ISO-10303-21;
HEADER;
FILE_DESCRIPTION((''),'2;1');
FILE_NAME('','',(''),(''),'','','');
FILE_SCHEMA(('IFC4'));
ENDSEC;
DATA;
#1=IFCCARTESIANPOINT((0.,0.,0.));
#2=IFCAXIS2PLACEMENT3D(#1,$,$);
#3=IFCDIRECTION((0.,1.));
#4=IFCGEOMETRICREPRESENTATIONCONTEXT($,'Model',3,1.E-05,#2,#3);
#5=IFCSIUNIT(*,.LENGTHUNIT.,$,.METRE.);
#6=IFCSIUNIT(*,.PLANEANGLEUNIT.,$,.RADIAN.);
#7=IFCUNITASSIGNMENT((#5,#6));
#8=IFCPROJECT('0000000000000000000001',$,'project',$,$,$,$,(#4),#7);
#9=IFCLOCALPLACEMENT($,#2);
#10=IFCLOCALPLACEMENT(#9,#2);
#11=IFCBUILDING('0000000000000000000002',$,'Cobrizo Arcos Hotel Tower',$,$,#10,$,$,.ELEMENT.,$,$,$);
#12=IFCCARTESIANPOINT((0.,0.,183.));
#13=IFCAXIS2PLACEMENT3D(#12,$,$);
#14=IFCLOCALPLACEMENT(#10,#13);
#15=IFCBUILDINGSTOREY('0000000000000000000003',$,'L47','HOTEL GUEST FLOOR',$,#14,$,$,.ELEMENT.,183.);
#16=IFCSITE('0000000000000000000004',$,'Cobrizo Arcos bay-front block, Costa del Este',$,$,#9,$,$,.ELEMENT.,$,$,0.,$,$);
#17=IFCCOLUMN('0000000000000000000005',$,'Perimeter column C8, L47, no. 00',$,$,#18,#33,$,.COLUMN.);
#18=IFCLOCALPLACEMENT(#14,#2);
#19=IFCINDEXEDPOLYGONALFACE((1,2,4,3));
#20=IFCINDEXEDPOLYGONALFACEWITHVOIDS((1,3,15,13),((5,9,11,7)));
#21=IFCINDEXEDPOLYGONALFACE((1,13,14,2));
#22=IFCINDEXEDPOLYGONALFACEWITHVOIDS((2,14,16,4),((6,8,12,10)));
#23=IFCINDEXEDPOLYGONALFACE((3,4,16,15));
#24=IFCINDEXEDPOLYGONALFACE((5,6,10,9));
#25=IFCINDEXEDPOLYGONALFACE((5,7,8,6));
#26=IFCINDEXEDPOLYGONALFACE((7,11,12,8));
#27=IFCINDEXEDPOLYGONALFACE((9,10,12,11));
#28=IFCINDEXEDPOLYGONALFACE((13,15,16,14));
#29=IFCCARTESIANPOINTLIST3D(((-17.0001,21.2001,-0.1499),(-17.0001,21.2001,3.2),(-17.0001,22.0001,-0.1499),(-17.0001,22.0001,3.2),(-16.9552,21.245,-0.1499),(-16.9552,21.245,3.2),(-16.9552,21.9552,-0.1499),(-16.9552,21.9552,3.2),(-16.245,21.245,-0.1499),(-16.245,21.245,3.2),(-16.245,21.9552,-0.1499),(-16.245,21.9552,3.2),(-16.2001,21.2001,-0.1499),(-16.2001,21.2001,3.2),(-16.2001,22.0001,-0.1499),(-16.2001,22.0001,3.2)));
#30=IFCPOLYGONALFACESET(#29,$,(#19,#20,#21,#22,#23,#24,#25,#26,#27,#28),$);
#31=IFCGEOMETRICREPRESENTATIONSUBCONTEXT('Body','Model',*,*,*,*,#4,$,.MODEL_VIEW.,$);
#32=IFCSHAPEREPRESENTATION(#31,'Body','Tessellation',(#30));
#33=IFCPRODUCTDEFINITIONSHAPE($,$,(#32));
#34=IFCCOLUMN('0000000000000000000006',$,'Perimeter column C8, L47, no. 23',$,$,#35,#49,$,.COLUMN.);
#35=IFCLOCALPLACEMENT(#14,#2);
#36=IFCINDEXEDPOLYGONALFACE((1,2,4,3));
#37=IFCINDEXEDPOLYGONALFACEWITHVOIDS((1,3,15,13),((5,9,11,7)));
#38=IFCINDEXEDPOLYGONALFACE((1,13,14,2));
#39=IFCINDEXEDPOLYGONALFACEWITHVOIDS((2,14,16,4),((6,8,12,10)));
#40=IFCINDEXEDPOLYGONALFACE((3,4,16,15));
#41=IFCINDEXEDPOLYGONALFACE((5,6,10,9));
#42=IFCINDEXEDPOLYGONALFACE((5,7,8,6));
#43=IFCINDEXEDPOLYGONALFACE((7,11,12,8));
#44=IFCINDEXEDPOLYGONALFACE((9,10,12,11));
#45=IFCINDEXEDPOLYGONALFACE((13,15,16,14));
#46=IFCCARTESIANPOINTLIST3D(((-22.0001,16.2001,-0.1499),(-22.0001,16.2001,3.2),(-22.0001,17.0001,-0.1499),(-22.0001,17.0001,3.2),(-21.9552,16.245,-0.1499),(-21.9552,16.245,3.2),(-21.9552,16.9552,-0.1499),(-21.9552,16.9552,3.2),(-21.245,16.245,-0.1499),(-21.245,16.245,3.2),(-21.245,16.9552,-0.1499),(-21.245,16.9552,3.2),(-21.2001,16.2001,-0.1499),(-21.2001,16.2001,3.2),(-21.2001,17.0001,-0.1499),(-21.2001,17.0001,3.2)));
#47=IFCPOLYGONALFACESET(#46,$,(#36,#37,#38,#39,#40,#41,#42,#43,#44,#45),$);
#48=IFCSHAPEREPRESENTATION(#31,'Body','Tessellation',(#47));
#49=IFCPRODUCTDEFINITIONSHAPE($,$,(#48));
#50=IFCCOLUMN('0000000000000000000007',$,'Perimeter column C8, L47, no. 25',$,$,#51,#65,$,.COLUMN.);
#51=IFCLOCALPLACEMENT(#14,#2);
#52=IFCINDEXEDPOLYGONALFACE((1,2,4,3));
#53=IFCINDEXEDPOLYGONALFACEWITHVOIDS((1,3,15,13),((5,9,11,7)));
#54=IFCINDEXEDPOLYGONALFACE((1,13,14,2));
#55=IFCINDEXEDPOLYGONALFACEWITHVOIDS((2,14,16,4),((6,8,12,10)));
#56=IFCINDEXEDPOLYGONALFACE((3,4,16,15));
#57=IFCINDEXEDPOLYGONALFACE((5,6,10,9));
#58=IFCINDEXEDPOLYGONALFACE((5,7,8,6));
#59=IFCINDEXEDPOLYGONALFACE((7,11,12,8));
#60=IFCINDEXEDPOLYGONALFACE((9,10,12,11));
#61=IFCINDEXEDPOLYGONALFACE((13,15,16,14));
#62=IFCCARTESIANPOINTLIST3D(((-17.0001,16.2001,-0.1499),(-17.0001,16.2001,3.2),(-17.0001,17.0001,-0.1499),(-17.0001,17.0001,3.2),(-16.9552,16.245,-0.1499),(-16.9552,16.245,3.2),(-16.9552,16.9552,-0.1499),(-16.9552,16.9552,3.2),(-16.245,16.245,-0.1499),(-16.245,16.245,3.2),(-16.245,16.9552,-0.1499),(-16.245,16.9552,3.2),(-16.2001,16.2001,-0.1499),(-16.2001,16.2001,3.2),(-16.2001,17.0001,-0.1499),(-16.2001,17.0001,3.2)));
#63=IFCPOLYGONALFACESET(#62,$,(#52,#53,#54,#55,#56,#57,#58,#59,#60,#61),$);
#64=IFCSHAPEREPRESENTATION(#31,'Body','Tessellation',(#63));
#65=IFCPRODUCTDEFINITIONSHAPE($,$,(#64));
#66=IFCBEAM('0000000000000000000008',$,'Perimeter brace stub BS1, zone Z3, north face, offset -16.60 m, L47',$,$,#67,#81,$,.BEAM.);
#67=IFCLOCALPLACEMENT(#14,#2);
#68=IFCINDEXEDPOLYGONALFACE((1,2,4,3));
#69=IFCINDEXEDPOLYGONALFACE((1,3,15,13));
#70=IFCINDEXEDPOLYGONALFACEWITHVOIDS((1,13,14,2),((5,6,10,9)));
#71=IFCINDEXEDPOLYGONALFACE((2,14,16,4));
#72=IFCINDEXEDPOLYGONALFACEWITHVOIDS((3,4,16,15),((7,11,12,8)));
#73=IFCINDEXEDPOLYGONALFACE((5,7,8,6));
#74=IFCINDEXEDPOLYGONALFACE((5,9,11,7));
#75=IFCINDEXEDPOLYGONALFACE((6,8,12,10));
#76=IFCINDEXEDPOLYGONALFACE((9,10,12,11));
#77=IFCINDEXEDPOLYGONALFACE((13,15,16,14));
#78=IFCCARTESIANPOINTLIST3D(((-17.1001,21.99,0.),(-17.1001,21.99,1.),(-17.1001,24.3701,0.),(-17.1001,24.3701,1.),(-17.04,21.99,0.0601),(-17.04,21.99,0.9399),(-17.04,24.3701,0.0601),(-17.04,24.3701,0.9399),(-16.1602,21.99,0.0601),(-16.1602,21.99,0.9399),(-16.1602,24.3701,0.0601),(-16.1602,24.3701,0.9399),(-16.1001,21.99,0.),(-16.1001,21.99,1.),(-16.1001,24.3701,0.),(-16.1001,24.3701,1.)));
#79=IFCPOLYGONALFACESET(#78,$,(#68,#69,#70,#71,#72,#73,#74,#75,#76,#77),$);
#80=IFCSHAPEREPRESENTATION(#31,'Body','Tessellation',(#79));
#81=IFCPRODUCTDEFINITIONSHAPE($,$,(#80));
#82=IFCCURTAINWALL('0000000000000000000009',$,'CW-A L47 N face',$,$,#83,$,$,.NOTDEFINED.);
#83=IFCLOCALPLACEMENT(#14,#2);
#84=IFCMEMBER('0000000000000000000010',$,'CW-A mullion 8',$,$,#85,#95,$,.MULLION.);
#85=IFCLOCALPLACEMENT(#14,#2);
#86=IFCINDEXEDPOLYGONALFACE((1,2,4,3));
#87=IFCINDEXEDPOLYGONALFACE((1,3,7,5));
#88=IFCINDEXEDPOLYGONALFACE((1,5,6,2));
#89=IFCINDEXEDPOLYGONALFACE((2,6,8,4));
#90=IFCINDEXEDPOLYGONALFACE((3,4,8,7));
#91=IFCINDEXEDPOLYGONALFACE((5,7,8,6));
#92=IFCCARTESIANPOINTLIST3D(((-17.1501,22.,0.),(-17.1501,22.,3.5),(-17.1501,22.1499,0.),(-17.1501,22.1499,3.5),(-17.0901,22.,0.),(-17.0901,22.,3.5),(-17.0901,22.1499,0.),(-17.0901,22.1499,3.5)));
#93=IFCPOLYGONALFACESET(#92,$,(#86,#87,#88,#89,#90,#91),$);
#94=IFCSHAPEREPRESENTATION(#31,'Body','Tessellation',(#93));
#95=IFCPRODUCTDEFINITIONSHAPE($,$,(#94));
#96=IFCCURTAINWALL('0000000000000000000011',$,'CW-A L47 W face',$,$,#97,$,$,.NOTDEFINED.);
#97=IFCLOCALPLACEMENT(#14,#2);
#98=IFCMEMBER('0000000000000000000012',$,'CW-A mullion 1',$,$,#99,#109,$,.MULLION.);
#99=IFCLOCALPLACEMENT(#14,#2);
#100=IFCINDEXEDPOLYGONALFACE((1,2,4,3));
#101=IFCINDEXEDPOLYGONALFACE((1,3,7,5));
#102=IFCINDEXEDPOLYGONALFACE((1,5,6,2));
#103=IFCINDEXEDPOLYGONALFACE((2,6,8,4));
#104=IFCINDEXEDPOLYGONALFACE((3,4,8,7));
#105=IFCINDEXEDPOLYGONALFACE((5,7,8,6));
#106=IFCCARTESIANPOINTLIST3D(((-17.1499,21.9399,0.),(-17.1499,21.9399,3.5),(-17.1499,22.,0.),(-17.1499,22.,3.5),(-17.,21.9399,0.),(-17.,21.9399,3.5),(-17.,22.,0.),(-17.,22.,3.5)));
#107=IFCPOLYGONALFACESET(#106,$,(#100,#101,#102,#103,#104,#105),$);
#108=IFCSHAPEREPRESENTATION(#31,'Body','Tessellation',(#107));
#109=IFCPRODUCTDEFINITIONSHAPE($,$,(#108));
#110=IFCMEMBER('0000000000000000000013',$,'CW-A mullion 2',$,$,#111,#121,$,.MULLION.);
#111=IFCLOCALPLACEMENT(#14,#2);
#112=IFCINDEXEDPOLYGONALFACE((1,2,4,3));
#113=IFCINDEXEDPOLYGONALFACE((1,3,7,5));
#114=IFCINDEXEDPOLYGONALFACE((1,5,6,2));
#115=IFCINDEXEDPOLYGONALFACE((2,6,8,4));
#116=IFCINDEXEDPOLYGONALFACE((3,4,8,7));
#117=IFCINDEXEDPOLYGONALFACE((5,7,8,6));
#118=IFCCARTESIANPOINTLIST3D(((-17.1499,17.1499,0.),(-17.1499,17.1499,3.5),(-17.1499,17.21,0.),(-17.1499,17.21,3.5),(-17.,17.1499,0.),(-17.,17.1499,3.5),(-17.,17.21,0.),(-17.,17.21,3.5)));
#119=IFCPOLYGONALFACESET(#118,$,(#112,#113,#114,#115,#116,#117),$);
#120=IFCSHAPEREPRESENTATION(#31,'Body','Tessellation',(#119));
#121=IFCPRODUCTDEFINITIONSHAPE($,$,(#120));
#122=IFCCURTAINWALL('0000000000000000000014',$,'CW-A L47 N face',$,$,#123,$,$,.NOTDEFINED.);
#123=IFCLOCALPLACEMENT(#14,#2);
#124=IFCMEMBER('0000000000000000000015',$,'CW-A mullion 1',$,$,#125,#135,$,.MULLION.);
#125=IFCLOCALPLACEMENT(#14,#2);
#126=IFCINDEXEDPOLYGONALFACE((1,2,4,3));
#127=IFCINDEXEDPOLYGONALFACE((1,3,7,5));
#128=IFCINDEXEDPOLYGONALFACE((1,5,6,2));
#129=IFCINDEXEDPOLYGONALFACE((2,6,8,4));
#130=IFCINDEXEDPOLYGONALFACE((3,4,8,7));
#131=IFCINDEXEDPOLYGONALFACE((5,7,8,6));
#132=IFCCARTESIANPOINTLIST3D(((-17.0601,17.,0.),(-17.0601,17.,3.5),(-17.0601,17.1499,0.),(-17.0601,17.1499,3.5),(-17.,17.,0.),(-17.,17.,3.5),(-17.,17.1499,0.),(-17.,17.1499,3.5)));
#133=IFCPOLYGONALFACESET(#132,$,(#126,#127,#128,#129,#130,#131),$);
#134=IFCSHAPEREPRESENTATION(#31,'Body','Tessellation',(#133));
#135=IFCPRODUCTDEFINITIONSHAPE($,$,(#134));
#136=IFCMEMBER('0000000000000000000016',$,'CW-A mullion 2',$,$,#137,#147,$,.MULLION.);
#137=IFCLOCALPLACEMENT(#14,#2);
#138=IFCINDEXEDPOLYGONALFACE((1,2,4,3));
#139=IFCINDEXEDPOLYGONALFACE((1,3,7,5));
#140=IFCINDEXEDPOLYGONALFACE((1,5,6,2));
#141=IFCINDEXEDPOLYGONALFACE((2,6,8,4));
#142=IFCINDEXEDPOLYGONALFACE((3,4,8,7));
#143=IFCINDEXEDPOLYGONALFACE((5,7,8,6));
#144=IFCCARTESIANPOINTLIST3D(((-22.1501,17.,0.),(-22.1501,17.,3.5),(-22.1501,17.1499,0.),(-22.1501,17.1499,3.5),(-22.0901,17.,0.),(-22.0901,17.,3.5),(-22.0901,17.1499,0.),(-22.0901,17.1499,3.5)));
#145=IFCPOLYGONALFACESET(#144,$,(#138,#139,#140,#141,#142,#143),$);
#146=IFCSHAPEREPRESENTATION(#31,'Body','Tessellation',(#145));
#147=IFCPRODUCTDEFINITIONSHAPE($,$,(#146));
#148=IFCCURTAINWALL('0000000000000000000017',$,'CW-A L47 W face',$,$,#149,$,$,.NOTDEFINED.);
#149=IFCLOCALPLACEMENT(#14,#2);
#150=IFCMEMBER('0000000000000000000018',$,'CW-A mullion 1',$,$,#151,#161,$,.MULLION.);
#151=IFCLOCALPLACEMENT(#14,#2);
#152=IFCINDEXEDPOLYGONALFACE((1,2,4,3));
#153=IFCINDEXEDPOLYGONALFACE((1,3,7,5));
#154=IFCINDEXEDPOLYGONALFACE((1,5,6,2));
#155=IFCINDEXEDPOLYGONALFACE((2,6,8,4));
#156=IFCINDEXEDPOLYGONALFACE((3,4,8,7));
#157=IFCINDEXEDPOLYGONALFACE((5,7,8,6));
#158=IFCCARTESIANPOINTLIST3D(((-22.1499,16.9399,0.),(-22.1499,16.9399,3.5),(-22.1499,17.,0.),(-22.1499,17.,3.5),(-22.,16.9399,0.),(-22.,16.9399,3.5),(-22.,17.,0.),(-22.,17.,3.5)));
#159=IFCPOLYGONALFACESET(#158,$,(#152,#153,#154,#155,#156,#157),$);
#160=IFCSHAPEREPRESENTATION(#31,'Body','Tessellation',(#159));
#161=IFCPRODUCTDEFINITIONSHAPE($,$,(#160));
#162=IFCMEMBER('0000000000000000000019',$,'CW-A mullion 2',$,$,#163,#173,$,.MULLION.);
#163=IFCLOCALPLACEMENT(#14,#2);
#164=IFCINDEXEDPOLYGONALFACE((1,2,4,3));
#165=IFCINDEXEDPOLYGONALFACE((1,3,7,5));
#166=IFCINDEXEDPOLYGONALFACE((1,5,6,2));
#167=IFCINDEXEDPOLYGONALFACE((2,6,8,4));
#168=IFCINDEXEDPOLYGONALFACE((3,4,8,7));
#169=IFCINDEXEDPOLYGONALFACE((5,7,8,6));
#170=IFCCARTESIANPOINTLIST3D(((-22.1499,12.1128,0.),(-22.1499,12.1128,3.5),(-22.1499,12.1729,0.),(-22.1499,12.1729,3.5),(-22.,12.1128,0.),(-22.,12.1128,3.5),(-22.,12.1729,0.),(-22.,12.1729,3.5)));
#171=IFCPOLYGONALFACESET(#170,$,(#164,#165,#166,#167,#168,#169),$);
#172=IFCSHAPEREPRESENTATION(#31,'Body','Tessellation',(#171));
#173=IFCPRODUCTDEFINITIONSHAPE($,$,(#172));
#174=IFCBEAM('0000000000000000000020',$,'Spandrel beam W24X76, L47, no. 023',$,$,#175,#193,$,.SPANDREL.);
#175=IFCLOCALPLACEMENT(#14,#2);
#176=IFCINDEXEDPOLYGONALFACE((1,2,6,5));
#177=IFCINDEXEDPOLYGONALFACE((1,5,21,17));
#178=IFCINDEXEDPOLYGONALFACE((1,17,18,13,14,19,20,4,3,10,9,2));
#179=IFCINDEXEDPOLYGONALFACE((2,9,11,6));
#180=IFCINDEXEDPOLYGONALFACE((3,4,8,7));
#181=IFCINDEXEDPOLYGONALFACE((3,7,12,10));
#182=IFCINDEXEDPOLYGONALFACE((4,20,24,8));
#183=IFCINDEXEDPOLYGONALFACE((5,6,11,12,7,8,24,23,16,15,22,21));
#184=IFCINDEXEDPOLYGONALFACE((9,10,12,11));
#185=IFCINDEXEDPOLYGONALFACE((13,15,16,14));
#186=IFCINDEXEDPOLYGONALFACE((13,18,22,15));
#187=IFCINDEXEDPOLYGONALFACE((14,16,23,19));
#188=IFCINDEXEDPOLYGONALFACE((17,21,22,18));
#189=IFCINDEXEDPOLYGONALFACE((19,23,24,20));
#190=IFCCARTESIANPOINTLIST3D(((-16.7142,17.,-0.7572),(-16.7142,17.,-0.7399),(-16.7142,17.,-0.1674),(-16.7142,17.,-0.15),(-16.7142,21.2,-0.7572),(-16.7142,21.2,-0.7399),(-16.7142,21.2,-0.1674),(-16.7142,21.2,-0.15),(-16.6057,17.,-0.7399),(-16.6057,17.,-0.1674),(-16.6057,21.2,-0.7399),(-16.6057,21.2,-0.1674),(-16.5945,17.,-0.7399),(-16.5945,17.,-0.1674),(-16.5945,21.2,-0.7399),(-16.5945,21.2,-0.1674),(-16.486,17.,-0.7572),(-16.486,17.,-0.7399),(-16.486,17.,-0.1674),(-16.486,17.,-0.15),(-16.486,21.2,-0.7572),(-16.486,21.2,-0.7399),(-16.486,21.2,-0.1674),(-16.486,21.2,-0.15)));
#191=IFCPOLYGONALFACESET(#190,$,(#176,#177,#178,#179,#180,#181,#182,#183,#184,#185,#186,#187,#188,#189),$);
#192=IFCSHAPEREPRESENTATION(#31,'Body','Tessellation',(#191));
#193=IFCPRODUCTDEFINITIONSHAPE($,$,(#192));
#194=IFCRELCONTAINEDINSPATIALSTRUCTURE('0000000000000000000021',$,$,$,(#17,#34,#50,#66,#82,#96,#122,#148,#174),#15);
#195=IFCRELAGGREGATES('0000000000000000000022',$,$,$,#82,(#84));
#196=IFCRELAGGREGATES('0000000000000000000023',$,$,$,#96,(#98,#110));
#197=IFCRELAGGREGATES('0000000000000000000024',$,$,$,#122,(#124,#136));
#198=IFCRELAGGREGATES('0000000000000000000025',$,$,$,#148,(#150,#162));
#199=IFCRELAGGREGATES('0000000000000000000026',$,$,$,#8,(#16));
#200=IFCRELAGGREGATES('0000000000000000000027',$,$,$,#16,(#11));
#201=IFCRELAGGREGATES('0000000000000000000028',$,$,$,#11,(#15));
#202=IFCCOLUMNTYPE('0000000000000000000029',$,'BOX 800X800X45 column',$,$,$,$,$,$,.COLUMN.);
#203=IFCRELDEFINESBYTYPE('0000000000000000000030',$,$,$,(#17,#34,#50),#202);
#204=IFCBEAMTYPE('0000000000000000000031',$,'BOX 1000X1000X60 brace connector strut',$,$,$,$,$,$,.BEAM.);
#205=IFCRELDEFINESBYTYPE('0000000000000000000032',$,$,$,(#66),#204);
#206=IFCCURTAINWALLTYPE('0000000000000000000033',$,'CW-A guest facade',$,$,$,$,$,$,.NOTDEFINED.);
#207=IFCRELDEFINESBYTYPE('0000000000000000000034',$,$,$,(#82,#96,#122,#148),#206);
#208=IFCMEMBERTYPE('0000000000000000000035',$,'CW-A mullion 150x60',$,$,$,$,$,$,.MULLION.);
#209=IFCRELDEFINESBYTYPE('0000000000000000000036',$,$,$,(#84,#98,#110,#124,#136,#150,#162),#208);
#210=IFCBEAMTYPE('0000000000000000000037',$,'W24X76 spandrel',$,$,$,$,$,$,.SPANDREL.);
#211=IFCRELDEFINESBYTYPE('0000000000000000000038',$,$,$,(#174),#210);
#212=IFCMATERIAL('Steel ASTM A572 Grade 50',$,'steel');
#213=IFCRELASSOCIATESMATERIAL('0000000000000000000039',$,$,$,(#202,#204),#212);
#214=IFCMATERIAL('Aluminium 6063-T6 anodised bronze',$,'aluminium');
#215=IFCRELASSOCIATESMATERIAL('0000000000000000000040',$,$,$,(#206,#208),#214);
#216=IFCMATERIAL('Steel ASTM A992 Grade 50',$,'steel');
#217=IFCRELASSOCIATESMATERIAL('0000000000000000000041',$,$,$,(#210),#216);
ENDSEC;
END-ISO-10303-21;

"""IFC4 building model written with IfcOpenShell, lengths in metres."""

from ifc_helpers import new_model, si_unit, direction, frame, origin, origin_2d, place, context, subcontext, project, spatial, rectangle, hollow_rectangle, i_section, extrude, material, material_profile, profile_set, type_object, element, aggregate, save


model = new_model("IFC4")

# Units and contexts
model_context = context("Model", 3, precision=1e-05, world=origin(), true_north=direction((0.0, 1.0)))
body_context = subcontext(model_context, "Body", "Model", "MODEL_VIEW")
ifc_project = project(units=[si_unit("LENGTHUNIT", "METRE"), si_unit("PLANEANGLEUNIT", "RADIAN")], contexts=[model_context])

# Site, building, storey
site_placement = place(None, origin())
site = spatial("IfcSite", under=ifc_project, at=site_placement, Name="Cobrizo Arcos bay-front block, Costa del Este", CompositionType="ELEMENT", RefElevation=0.0)
building_placement = place(site_placement, origin())
building = spatial("IfcBuilding", under=site, at=building_placement, Name="Cobrizo Arcos Hotel Tower", CompositionType="ELEMENT")
storey_placement = place(building_placement, frame((0.0, 0.0, 183.0)))
storey = spatial("IfcBuildingStorey", under=building, at=storey_placement, Name="L47", Description="HOTEL GUEST FLOOR", CompositionType="ELEMENT", Elevation=183.0)

# Columns
ifc_material_1 = material(Name="Steel ASTM A572 Grade 50", Category="steel")
ifc_material_profile_1 = material_profile(ifc_material_1, hollow_rectangle(XDim=0.8, YDim=0.8, WallThickness=0.0449, at=origin_2d()), Name="BOX 800X800X45")
ifc_profile_set_1 = profile_set([ifc_material_profile_1], Name="Steel ASTM A572 Grade 50")
column_type = type_object("IfcColumnType", Name="BOX 800X800X45 column", PredefinedType="COLUMN", material=ifc_profile_set_1)
for number, where, z_axis, x_axis, name in (
    (1, (-16.6001, 21.6001, -0.1499), (0.0, 0.0, 1.0), (1.0, 0.0, 0.0), "Perimeter column C8, L47, no. 00"),
    (2, (-21.6001, 16.6001, -0.1499), (0.0, 0.0, 1.0), (1.0, 0.0, 0.0), "Perimeter column C8, L47, no. 23"),
    (3, (-16.6001, 16.6001, -0.1499), (0.0, 0.0, 1.0), (1.0, 0.0, 0.0), "Perimeter column C8, L47, no. 25"),
):
    element("IfcColumn", number, at=place(storey_placement, frame(where, z_axis=z_axis, x_axis=x_axis)), inside=storey, type_object=column_type, Name=name, PredefinedType="COLUMN", context=body_context, shape_type="SweptSolid", body=[
        extrude(hollow_rectangle(XDim=0.8, YDim=0.8, WallThickness=0.0449, at=origin_2d()), origin(), (0.0, 0.0, 1.0), 3.3499),
    ])

# Beam
ifc_material_profile_2 = material_profile(ifc_material_1, hollow_rectangle(XDim=1.0, YDim=1.0, WallThickness=0.0601, at=origin_2d()), Name="BOX 1000X1000X60")
ifc_profile_set_2 = profile_set([ifc_material_profile_2], Name="Steel ASTM A572 Grade 50")
beam_type_1 = type_object("IfcBeamType", Name="BOX 1000X1000X60 brace connector strut", PredefinedType="BEAM", material=ifc_profile_set_2)
beam_1_placement = place(storey_placement, frame((-16.6001, 21.99, 0.5), z_axis=(0.0, 1.0, 0.0), x_axis=(-1.0, 0.0, 0.0)))
element("IfcBeam", 4, at=beam_1_placement, inside=storey, type_object=beam_type_1, Name="Perimeter brace stub BS1, zone Z3, north face, offset -16.60 m, L47", PredefinedType="BEAM", context=body_context, shape_type="SweptSolid", body=[
    extrude(hollow_rectangle(XDim=1.0, YDim=1.0, WallThickness=0.0601, at=origin_2d()), origin(), (0.0, 0.0, 1.0), 2.3801),
])

# Curtain wall, member
ifc_material_2 = material(Name="Aluminium 6063-T6 anodised bronze", Category="aluminium")
curtain_wall_type = type_object("IfcCurtainWallType", Name="CW-A guest facade", PredefinedType="NOTDEFINED", material=ifc_material_2)
curtain_wall_1_placement = place(storey_placement, origin())
curtain_wall_1 = element("IfcCurtainWall", 5, at=curtain_wall_1_placement, inside=storey, type_object=curtain_wall_type, Name="CW-A L47 N face", PredefinedType="NOTDEFINED")
ifc_material_profile_3 = material_profile(ifc_material_2, rectangle(XDim=0.1499, YDim=0.0601, at=origin_2d()), Name="CW-A mullion 150x60")
ifc_profile_set_3 = profile_set([ifc_material_profile_3], Name="Aluminium 6063-T6 anodised bronze")
member_type = type_object("IfcMemberType", Name="CW-A mullion 150x60", PredefinedType="MULLION", material=ifc_profile_set_3)
member_1_placement = place(storey_placement, frame((-17.1201, 22.075, 0.0), z_axis=(0.0, 0.0, 1.0), x_axis=(0.0, 1.0, 0.0)))
member_1 = element("IfcMember", 6, at=member_1_placement, type_object=member_type, Name="CW-A mullion 8", PredefinedType="MULLION", context=body_context, shape_type="SweptSolid", body=[
    extrude(rectangle(XDim=0.1499, YDim=0.0601, at=origin_2d()), origin(), (0.0, 0.0, 1.0), 3.5),
])

# Curtain walls, members
curtain_wall_2_placement = place(storey_placement, origin())
curtain_wall_2 = element("IfcCurtainWall", 7, at=curtain_wall_2_placement, inside=storey, type_object=curtain_wall_type, Name="CW-A L47 W face", PredefinedType="NOTDEFINED")
member_2_placement = place(storey_placement, frame((-17.075, 21.97, 0.0), z_axis=(0.0, 0.0, 1.0), x_axis=(-1.0, 0.0, 0.0)))
member_2 = element("IfcMember", 8, at=member_2_placement, type_object=member_type, Name="CW-A mullion 1", PredefinedType="MULLION", context=body_context, shape_type="SweptSolid", body=[
    extrude(rectangle(XDim=0.1499, YDim=0.0601, at=origin_2d()), origin(), (0.0, 0.0, 1.0), 3.5),
])
member_3_placement = place(storey_placement, frame((-17.075, 17.1799, 0.0), z_axis=(0.0, 0.0, 1.0), x_axis=(-1.0, 0.0, 0.0)))
member_3 = element("IfcMember", 9, at=member_3_placement, type_object=member_type, Name="CW-A mullion 2", PredefinedType="MULLION", context=body_context, shape_type="SweptSolid", body=[
    extrude(rectangle(XDim=0.1499, YDim=0.0601, at=origin_2d()), origin(), (0.0, 0.0, 1.0), 3.5),
])
curtain_wall_3_placement = place(storey_placement, origin())
curtain_wall_3 = element("IfcCurtainWall", 10, at=curtain_wall_3_placement, inside=storey, type_object=curtain_wall_type, Name="CW-A L47 N face", PredefinedType="NOTDEFINED")
member_4_placement = place(storey_placement, frame((-17.03, 17.075, 0.0), z_axis=(0.0, 0.0, 1.0), x_axis=(0.0, 1.0, 0.0)))
member_4 = element("IfcMember", 11, at=member_4_placement, type_object=member_type, Name="CW-A mullion 1", PredefinedType="MULLION", context=body_context, shape_type="SweptSolid", body=[
    extrude(rectangle(XDim=0.1499, YDim=0.0601, at=origin_2d()), origin(), (0.0, 0.0, 1.0), 3.5),
])
member_5_placement = place(storey_placement, frame((-22.1201, 17.075, 0.0), z_axis=(0.0, 0.0, 1.0), x_axis=(0.0, 1.0, 0.0)))
member_5 = element("IfcMember", 12, at=member_5_placement, type_object=member_type, Name="CW-A mullion 2", PredefinedType="MULLION", context=body_context, shape_type="SweptSolid", body=[
    extrude(rectangle(XDim=0.1499, YDim=0.0601, at=origin_2d()), origin(), (0.0, 0.0, 1.0), 3.5),
])
curtain_wall_4_placement = place(storey_placement, origin())
curtain_wall_4 = element("IfcCurtainWall", 13, at=curtain_wall_4_placement, inside=storey, type_object=curtain_wall_type, Name="CW-A L47 W face", PredefinedType="NOTDEFINED")
member_6_placement = place(storey_placement, frame((-22.075, 16.97, 0.0), z_axis=(0.0, 0.0, 1.0), x_axis=(-1.0, 0.0, 0.0)))
member_6 = element("IfcMember", 14, at=member_6_placement, type_object=member_type, Name="CW-A mullion 1", PredefinedType="MULLION", context=body_context, shape_type="SweptSolid", body=[
    extrude(rectangle(XDim=0.1499, YDim=0.0601, at=origin_2d()), origin(), (0.0, 0.0, 1.0), 3.5),
])
member_7_placement = place(storey_placement, frame((-22.075, 12.1428, 0.0), z_axis=(0.0, 0.0, 1.0), x_axis=(-1.0, 0.0, 0.0)))
member_7 = element("IfcMember", 15, at=member_7_placement, type_object=member_type, Name="CW-A mullion 2", PredefinedType="MULLION", context=body_context, shape_type="SweptSolid", body=[
    extrude(rectangle(XDim=0.1499, YDim=0.0601, at=origin_2d()), origin(), (0.0, 0.0, 1.0), 3.5),
])

# Beam
ifc_material_3 = material(Name="Steel ASTM A992 Grade 50", Category="steel")
ifc_material_profile_4 = material_profile(ifc_material_3, i_section(OverallWidth=0.2283, OverallDepth=0.6072, WebThickness=0.0112, FlangeThickness=0.0173, at=origin_2d()), Name="W24X76")
ifc_profile_set_4 = profile_set([ifc_material_profile_4], Name="Steel ASTM A992 Grade 50")
beam_type_2 = type_object("IfcBeamType", Name="W24X76 spandrel", PredefinedType="SPANDREL", material=ifc_profile_set_4)
for number, where, z_axis, x_axis, name in (
    (16, (-16.6001, 21.2, -0.4536), (0.0, -1.0, 0.0), (1.0, 0.0, 0.0), "Spandrel beam W24X76, L47, no. 023"),
):
    element("IfcBeam", number, at=place(storey_placement, frame(where, z_axis=z_axis, x_axis=x_axis)), inside=storey, type_object=beam_type_2, Name=name, PredefinedType="SPANDREL", context=body_context, shape_type="SweptSolid", body=[
        extrude(i_section(OverallWidth=0.2283, OverallDepth=0.6072, WebThickness=0.0112, FlangeThickness=0.0173, at=origin_2d()), origin(), (0.0, 0.0, 1.0), 4.2),
    ])

aggregate(curtain_wall_1, [member_1])
aggregate(curtain_wall_2, [member_2, member_3])
aggregate(curtain_wall_3, [member_4, member_5])
aggregate(curtain_wall_4, [member_6, member_7])

save(model, "model.ifc")
